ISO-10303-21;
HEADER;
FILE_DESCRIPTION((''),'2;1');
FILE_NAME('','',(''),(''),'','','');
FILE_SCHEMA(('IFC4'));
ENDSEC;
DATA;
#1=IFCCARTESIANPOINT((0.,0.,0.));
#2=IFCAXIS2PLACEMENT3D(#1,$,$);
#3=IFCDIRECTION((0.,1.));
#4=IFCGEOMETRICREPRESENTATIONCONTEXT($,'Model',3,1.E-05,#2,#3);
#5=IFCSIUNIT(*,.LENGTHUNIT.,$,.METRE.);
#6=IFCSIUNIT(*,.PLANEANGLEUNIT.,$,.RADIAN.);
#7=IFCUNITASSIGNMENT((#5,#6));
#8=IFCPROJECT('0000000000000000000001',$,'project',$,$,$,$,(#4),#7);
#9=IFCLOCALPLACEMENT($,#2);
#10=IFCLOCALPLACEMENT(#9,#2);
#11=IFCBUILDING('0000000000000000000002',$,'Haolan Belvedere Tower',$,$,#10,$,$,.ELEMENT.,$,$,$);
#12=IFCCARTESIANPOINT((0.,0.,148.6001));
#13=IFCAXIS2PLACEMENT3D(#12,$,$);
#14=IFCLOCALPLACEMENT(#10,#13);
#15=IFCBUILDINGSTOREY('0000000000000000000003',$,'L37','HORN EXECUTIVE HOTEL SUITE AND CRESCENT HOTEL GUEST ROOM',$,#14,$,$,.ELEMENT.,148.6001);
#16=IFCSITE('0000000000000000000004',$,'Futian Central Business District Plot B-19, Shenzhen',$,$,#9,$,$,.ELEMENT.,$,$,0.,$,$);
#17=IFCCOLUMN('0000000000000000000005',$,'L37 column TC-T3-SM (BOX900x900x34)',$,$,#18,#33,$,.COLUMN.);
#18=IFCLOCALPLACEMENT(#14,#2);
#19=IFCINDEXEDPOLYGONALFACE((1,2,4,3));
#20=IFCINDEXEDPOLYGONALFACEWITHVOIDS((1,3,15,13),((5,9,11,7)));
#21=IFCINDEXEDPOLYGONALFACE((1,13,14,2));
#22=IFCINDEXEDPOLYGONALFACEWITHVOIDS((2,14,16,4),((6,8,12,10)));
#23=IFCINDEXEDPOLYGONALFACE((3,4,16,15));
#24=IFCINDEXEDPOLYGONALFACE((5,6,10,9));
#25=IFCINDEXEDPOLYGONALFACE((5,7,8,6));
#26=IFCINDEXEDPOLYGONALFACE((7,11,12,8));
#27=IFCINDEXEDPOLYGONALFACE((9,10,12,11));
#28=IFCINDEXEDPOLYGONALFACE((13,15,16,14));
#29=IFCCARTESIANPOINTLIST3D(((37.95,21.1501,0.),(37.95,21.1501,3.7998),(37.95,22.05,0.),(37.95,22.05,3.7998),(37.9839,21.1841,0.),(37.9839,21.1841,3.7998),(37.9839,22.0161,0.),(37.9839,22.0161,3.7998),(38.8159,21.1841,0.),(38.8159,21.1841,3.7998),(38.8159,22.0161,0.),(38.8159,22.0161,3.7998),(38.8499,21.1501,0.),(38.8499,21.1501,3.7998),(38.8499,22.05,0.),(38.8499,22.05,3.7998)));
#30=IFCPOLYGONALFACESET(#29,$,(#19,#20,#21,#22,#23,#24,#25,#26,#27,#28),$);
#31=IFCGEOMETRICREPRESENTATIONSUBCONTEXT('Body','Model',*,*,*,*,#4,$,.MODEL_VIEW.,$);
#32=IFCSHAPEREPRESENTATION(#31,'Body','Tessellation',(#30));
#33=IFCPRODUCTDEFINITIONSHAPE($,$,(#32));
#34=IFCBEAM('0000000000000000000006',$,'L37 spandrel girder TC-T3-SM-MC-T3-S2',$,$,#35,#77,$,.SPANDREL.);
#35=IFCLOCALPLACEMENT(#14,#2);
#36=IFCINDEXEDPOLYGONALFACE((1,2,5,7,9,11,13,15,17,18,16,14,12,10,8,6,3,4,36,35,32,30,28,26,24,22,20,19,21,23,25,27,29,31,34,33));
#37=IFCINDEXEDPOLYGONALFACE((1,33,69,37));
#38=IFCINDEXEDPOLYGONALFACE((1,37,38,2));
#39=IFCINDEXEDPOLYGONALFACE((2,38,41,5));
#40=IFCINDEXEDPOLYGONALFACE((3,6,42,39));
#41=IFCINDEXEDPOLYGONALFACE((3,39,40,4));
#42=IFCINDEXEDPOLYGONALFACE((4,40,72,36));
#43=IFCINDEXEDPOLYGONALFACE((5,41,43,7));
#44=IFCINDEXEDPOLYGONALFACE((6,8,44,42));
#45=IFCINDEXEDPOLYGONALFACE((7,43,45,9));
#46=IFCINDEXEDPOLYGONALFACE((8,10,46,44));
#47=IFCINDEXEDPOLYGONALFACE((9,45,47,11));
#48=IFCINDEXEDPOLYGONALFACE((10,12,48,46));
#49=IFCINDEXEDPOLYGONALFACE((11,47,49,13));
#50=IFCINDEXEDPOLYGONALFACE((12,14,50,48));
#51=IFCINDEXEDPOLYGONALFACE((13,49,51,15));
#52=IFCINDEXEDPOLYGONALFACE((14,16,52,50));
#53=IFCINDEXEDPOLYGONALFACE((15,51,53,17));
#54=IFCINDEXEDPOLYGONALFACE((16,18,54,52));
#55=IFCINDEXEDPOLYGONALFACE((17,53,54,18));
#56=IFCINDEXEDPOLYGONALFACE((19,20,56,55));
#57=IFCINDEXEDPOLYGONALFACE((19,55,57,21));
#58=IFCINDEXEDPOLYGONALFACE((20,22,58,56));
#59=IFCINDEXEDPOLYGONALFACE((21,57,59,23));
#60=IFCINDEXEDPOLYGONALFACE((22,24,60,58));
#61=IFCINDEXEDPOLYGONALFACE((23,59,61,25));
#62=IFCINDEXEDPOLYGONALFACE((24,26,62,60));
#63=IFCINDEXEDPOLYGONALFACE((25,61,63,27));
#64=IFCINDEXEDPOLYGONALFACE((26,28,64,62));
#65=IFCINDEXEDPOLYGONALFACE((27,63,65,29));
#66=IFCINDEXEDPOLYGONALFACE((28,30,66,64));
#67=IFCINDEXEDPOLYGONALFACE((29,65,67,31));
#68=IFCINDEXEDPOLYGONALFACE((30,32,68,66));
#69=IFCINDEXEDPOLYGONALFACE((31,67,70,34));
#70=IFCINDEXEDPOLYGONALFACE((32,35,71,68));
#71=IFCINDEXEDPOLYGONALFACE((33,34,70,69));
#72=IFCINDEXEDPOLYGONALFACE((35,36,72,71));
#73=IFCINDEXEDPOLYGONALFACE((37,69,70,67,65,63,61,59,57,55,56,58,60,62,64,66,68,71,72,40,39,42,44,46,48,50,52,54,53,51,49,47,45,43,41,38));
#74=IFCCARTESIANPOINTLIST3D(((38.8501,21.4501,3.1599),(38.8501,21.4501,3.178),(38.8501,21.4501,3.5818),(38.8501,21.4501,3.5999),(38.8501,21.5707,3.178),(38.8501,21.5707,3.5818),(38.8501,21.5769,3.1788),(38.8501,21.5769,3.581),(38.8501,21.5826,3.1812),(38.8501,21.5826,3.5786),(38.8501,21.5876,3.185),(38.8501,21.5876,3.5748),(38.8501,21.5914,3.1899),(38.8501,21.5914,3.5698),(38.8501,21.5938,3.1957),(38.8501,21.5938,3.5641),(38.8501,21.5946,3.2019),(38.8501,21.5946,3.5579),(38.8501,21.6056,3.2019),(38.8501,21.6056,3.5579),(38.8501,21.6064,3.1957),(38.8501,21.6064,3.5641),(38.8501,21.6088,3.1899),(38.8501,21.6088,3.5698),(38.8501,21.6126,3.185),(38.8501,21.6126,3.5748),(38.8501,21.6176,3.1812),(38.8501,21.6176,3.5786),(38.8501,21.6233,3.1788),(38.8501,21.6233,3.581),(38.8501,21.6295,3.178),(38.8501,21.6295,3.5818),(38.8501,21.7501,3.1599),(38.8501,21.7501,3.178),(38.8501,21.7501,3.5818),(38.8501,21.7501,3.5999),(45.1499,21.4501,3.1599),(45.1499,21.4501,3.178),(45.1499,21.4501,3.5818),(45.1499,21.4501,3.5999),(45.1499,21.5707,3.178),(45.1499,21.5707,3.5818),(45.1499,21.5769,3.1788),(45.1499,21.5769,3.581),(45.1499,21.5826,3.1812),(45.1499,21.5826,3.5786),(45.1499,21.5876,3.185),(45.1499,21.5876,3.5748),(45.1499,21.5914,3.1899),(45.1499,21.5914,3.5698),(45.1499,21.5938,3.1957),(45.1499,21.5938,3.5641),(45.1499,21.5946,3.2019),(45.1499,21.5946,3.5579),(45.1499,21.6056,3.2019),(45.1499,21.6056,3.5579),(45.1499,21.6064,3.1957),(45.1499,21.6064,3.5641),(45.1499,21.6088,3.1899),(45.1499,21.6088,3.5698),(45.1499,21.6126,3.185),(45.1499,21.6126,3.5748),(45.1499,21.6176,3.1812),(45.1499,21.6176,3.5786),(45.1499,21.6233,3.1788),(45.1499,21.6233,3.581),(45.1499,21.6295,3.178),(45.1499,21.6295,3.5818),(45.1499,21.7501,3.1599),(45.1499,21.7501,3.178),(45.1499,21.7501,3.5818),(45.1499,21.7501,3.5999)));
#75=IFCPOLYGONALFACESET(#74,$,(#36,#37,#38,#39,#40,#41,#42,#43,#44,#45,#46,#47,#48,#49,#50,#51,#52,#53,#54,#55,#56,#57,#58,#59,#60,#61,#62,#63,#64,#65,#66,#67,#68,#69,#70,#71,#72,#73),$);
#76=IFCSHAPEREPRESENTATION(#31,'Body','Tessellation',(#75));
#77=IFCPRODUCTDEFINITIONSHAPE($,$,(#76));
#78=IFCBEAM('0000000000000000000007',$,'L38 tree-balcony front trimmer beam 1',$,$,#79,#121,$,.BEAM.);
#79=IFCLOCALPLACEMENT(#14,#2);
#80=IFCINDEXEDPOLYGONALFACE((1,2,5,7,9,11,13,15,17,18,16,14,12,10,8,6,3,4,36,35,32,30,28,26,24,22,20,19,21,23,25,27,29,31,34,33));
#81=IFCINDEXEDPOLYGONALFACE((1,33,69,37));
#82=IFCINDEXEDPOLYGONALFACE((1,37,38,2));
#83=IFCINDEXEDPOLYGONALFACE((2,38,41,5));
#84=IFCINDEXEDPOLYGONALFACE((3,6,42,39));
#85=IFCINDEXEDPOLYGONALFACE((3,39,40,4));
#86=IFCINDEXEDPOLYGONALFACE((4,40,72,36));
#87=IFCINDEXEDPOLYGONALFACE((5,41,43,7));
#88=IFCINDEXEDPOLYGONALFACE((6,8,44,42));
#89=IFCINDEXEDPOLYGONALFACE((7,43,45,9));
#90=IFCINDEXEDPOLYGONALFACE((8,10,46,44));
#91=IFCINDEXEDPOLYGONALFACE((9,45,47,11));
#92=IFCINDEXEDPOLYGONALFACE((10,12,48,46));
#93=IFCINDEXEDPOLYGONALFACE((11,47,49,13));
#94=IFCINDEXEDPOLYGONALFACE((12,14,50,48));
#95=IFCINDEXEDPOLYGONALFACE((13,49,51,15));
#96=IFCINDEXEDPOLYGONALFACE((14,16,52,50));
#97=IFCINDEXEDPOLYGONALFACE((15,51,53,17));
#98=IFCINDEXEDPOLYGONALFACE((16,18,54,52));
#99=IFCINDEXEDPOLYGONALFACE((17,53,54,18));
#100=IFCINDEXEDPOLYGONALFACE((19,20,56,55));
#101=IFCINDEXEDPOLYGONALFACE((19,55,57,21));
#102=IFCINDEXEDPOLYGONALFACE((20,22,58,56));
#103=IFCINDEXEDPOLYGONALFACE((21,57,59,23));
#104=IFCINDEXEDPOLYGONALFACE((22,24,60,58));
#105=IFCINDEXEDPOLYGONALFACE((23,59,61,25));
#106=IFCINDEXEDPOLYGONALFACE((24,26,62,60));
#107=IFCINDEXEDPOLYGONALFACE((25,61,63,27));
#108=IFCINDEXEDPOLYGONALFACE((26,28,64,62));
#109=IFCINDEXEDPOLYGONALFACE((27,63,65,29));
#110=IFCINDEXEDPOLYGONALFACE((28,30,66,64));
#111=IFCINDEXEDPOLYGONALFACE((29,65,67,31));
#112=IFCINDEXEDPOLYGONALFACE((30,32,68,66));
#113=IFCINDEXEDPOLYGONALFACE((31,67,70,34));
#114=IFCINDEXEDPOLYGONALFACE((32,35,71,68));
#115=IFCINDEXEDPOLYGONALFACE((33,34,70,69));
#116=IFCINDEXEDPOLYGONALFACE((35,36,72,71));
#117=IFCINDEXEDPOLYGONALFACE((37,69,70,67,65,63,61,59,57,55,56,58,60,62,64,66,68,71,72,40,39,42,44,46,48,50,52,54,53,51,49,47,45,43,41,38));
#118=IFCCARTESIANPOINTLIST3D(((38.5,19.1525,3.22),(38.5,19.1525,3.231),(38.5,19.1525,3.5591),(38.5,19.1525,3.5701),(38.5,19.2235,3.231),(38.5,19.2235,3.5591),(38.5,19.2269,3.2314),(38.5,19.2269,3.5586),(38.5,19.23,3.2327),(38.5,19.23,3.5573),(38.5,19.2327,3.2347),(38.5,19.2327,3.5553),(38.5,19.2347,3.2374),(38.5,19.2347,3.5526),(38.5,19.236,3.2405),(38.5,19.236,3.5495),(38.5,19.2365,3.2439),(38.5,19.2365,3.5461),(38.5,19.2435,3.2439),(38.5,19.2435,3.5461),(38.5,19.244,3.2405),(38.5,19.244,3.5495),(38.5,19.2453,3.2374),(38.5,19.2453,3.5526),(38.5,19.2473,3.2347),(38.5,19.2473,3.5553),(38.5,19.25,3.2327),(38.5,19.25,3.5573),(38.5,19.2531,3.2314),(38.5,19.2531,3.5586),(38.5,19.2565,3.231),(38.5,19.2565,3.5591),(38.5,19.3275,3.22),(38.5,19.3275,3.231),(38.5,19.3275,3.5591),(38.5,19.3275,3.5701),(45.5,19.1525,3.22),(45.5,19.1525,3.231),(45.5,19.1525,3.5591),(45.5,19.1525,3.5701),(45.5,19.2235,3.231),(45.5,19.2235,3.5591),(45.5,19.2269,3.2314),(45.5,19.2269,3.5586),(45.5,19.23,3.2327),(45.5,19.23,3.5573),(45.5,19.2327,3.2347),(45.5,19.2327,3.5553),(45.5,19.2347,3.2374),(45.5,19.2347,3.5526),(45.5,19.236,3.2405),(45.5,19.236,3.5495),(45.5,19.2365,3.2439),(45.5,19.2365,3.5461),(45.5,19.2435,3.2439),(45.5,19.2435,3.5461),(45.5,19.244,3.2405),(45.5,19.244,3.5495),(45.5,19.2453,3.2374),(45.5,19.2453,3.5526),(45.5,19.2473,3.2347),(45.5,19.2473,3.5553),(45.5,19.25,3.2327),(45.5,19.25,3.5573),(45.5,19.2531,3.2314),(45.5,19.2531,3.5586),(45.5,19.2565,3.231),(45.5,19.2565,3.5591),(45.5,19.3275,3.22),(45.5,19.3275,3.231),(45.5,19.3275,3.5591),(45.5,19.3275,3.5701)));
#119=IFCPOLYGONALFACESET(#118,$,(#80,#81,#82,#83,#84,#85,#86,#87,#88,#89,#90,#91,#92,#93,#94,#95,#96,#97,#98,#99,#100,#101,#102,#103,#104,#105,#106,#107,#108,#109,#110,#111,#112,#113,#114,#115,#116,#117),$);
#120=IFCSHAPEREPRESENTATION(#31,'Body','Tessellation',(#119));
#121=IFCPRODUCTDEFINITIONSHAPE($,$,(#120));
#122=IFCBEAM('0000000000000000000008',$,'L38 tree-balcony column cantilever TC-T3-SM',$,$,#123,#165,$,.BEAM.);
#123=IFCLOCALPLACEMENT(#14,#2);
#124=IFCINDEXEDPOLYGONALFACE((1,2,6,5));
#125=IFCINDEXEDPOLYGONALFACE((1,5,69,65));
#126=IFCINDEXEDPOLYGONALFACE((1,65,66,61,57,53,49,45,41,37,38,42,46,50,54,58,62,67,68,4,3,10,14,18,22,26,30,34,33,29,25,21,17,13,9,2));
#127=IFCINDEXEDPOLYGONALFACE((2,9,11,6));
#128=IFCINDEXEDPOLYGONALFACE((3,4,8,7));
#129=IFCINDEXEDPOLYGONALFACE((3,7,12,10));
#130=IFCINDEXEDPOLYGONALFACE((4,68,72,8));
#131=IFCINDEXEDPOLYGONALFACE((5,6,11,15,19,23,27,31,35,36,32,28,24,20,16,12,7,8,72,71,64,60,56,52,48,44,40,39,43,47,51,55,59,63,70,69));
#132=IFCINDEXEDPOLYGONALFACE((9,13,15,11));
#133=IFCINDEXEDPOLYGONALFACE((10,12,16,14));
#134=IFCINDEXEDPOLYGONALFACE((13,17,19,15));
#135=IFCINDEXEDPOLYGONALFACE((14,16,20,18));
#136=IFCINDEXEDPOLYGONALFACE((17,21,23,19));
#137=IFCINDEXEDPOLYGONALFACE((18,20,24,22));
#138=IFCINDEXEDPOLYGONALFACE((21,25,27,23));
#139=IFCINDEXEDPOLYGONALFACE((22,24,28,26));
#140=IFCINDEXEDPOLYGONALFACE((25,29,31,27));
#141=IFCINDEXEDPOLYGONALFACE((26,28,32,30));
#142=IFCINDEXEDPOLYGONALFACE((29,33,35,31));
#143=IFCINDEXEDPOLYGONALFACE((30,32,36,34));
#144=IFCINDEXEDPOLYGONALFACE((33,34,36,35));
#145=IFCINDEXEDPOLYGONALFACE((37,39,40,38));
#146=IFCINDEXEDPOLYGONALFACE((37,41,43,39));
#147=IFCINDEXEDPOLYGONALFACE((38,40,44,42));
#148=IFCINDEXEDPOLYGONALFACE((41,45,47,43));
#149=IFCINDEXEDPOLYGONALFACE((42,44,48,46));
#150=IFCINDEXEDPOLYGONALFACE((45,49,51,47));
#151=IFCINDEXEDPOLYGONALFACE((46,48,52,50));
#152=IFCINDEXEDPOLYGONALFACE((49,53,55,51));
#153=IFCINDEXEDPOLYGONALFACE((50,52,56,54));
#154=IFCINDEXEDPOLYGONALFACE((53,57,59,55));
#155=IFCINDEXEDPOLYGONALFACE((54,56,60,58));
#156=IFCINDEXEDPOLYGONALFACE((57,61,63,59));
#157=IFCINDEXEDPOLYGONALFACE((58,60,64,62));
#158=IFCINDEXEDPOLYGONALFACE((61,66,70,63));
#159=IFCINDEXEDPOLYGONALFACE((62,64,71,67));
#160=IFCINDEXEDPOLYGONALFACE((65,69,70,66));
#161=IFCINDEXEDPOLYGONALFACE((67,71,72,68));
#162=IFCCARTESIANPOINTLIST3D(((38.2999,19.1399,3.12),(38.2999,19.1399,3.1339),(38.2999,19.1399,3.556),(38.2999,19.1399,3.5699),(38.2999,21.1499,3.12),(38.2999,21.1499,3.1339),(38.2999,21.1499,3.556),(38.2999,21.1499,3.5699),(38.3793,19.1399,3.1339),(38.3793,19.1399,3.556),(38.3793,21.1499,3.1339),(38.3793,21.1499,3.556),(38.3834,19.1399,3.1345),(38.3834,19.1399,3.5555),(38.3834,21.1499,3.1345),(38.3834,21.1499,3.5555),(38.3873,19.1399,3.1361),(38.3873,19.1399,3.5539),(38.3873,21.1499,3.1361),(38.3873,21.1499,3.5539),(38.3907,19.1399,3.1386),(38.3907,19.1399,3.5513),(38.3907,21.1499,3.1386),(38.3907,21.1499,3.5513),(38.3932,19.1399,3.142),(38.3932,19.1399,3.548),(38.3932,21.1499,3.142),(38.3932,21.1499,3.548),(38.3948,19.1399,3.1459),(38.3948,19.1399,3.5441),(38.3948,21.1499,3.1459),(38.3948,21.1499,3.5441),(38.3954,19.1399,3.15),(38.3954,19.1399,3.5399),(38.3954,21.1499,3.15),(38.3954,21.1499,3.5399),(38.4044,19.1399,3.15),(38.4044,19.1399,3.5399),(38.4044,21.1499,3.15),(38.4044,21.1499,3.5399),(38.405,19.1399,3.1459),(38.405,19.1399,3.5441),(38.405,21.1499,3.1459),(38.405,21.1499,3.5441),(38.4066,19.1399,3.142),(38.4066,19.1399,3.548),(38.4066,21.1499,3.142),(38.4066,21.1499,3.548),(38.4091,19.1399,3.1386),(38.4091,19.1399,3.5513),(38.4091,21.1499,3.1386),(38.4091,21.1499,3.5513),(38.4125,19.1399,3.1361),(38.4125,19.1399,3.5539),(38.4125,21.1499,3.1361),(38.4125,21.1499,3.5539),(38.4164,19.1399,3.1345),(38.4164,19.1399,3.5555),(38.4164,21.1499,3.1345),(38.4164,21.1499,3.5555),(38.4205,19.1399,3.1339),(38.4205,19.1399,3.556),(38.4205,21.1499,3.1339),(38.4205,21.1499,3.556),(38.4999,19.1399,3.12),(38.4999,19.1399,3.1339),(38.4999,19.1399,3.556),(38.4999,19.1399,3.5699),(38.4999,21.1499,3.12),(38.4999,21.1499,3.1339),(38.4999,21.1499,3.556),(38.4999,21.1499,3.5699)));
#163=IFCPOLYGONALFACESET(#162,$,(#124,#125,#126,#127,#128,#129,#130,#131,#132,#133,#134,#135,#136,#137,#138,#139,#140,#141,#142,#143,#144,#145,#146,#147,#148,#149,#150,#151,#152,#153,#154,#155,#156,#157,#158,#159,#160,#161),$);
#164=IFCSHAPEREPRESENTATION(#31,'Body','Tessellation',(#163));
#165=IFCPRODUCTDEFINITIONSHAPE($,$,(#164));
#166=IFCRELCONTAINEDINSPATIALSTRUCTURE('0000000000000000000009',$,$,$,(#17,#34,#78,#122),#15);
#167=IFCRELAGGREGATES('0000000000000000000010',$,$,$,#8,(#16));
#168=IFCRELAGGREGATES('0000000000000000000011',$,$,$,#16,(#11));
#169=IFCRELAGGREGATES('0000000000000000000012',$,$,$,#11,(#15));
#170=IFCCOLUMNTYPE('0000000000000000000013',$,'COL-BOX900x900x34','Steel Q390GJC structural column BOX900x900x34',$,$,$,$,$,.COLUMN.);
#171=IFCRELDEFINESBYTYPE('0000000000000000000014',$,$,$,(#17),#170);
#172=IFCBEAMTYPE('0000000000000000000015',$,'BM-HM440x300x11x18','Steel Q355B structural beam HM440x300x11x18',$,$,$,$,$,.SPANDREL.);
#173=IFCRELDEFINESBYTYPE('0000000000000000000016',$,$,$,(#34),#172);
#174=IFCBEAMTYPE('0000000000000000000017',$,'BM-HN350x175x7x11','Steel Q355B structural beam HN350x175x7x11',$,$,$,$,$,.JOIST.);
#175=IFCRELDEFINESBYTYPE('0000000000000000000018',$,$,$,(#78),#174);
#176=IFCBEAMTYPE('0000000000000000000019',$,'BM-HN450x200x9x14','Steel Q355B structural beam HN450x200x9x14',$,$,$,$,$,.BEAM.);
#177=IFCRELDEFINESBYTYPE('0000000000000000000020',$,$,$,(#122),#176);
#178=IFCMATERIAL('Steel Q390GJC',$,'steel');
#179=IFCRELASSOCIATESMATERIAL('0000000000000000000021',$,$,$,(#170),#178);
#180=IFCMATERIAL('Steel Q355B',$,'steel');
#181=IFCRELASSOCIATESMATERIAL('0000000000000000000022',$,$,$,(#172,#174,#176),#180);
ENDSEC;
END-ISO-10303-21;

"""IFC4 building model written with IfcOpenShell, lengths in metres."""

from ifc_helpers import new_model, si_unit, direction, frame, origin, origin_2d, place, context, subcontext, project, spatial, hollow_rectangle, i_section, extrude, material, material_profile, profile_set, type_object, element, save


model = new_model("IFC4")

# Units and contexts
model_context = context("Model", 3, precision=1e-05, world=origin(), true_north=direction((0.0, 1.0)))
body_context = subcontext(model_context, "Body", "Model", "MODEL_VIEW")
ifc_project = project(units=[si_unit("LENGTHUNIT", "METRE"), si_unit("PLANEANGLEUNIT", "RADIAN")], contexts=[model_context])

# Site, building, storey
site_placement = place(None, origin())
site = spatial("IfcSite", under=ifc_project, at=site_placement, Name="Futian Central Business District Plot B-19, Shenzhen", CompositionType="ELEMENT", RefElevation=0.0)
building_placement = place(site_placement, origin())
building = spatial("IfcBuilding", under=site, at=building_placement, Name="Haolan Belvedere Tower", CompositionType="ELEMENT")
storey_placement = place(building_placement, frame((0.0, 0.0, 148.6001)))
storey = spatial("IfcBuildingStorey", under=building, at=storey_placement, Name="L37", Description="HORN EXECUTIVE HOTEL SUITE AND CRESCENT HOTEL GUEST ROOM", CompositionType="ELEMENT", Elevation=148.6001)

# Column
ifc_material_1 = material(Name="Steel Q390GJC", Category="steel")
ifc_material_profile_1 = material_profile(ifc_material_1, hollow_rectangle(XDim=0.8999, YDim=0.8999, WallThickness=0.0339, at=origin_2d()), Name="Steel Q390GJC")
ifc_profile_set_1 = profile_set([ifc_material_profile_1], Name="Steel Q390GJC")
column_type = type_object("IfcColumnType", Name="COL-BOX900x900x34", Description="Steel Q390GJC structural column BOX900x900x34", PredefinedType="COLUMN", material=ifc_profile_set_1)
column_placement = place(storey_placement, frame((38.3999, 21.6001, 0.0), z_axis=(0.0, 0.0, 1.0), x_axis=(1.0, 0.0, 0.0)))
element("IfcColumn", 1, at=column_placement, inside=storey, type_object=column_type, Name="L37 column TC-T3-SM (BOX900x900x34)", PredefinedType="COLUMN", context=body_context, shape_type="SweptSolid", body=[
    extrude(hollow_rectangle(XDim=0.8999, YDim=0.8999, WallThickness=0.0339, at=origin_2d()), origin(), (0.0, 0.0, 1.0), 3.7998),
])

# Beams
ifc_material_2 = material(Name="Steel Q355B", Category="steel")
ifc_material_profile_2 = material_profile(ifc_material_2, i_section(OverallWidth=0.3, OverallDepth=0.4399, WebThickness=0.011, FlangeThickness=0.0181, FilletRadius=0.0239, at=origin_2d()), Name="Steel Q355B")
ifc_profile_set_2 = profile_set([ifc_material_profile_2], Name="Steel Q355B")
beam_type_1 = type_object("IfcBeamType", Name="BM-HM440x300x11x18", Description="Steel Q355B structural beam HM440x300x11x18", PredefinedType="SPANDREL", material=ifc_profile_set_2)
beam_1_placement = place(storey_placement, frame((38.8501, 21.6001, 3.3799), z_axis=(1.0, 0.0, 0.0), x_axis=(0.0, 1.0, 0.0)))
element("IfcBeam", 2, at=beam_1_placement, inside=storey, type_object=beam_type_1, Name="L37 spandrel girder TC-T3-SM-MC-T3-S2", PredefinedType="SPANDREL", context=body_context, shape_type="SweptSolid", body=[
    extrude(i_section(OverallWidth=0.3, OverallDepth=0.4399, WebThickness=0.011, FlangeThickness=0.0181, FilletRadius=0.0239, at=origin_2d()), origin(), (0.0, 0.0, 1.0), 6.2998),
])
ifc_material_profile_3 = material_profile(ifc_material_2, i_section(OverallWidth=0.175, OverallDepth=0.3501, WebThickness=0.0071, FlangeThickness=0.011, FilletRadius=0.0129, at=origin_2d()), Name="Steel Q355B")
ifc_profile_set_3 = profile_set([ifc_material_profile_3], Name="Steel Q355B")
beam_type_2 = type_object("IfcBeamType", Name="BM-HN350x175x7x11", Description="Steel Q355B structural beam HN350x175x7x11", PredefinedType="JOIST", material=ifc_profile_set_3)
beam_2_placement = place(storey_placement, frame((38.5, 19.24, 3.395), z_axis=(1.0, 0.0, 0.0), x_axis=(0.0, 1.0, 0.0)))
element("IfcBeam", 3, at=beam_2_placement, inside=storey, type_object=beam_type_2, Name="L38 tree-balcony front trimmer beam 1", PredefinedType="BEAM", context=body_context, shape_type="SweptSolid", body=[
    extrude(i_section(OverallWidth=0.175, OverallDepth=0.3501, WebThickness=0.0071, FlangeThickness=0.011, FilletRadius=0.0129, at=origin_2d()), origin(), (0.0, 0.0, 1.0), 7.0),
])
ifc_material_profile_4 = material_profile(ifc_material_2, i_section(OverallWidth=0.2, OverallDepth=0.45, WebThickness=0.009, FlangeThickness=0.0139, FilletRadius=0.0161, at=origin_2d()), Name="Steel Q355B")
ifc_profile_set_4 = profile_set([ifc_material_profile_4], Name="Steel Q355B")
beam_type_3 = type_object("IfcBeamType", Name="BM-HN450x200x9x14", Description="Steel Q355B structural beam HN450x200x9x14", PredefinedType="BEAM", material=ifc_profile_set_4)
beam_3_placement = place(storey_placement, frame((38.3999, 21.1499, 3.345), z_axis=(0.0, -1.0, 0.0), x_axis=(1.0, 0.0, 0.0)))
element("IfcBeam", 4, at=beam_3_placement, inside=storey, type_object=beam_type_3, Name="L38 tree-balcony column cantilever TC-T3-SM", PredefinedType="BEAM", context=body_context, shape_type="SweptSolid", body=[
    extrude(i_section(OverallWidth=0.2, OverallDepth=0.45, WebThickness=0.009, FlangeThickness=0.0139, FilletRadius=0.0161, at=origin_2d()), origin(), (0.0, 0.0, 1.0), 2.01),
])

save(model, "model.ifc")
